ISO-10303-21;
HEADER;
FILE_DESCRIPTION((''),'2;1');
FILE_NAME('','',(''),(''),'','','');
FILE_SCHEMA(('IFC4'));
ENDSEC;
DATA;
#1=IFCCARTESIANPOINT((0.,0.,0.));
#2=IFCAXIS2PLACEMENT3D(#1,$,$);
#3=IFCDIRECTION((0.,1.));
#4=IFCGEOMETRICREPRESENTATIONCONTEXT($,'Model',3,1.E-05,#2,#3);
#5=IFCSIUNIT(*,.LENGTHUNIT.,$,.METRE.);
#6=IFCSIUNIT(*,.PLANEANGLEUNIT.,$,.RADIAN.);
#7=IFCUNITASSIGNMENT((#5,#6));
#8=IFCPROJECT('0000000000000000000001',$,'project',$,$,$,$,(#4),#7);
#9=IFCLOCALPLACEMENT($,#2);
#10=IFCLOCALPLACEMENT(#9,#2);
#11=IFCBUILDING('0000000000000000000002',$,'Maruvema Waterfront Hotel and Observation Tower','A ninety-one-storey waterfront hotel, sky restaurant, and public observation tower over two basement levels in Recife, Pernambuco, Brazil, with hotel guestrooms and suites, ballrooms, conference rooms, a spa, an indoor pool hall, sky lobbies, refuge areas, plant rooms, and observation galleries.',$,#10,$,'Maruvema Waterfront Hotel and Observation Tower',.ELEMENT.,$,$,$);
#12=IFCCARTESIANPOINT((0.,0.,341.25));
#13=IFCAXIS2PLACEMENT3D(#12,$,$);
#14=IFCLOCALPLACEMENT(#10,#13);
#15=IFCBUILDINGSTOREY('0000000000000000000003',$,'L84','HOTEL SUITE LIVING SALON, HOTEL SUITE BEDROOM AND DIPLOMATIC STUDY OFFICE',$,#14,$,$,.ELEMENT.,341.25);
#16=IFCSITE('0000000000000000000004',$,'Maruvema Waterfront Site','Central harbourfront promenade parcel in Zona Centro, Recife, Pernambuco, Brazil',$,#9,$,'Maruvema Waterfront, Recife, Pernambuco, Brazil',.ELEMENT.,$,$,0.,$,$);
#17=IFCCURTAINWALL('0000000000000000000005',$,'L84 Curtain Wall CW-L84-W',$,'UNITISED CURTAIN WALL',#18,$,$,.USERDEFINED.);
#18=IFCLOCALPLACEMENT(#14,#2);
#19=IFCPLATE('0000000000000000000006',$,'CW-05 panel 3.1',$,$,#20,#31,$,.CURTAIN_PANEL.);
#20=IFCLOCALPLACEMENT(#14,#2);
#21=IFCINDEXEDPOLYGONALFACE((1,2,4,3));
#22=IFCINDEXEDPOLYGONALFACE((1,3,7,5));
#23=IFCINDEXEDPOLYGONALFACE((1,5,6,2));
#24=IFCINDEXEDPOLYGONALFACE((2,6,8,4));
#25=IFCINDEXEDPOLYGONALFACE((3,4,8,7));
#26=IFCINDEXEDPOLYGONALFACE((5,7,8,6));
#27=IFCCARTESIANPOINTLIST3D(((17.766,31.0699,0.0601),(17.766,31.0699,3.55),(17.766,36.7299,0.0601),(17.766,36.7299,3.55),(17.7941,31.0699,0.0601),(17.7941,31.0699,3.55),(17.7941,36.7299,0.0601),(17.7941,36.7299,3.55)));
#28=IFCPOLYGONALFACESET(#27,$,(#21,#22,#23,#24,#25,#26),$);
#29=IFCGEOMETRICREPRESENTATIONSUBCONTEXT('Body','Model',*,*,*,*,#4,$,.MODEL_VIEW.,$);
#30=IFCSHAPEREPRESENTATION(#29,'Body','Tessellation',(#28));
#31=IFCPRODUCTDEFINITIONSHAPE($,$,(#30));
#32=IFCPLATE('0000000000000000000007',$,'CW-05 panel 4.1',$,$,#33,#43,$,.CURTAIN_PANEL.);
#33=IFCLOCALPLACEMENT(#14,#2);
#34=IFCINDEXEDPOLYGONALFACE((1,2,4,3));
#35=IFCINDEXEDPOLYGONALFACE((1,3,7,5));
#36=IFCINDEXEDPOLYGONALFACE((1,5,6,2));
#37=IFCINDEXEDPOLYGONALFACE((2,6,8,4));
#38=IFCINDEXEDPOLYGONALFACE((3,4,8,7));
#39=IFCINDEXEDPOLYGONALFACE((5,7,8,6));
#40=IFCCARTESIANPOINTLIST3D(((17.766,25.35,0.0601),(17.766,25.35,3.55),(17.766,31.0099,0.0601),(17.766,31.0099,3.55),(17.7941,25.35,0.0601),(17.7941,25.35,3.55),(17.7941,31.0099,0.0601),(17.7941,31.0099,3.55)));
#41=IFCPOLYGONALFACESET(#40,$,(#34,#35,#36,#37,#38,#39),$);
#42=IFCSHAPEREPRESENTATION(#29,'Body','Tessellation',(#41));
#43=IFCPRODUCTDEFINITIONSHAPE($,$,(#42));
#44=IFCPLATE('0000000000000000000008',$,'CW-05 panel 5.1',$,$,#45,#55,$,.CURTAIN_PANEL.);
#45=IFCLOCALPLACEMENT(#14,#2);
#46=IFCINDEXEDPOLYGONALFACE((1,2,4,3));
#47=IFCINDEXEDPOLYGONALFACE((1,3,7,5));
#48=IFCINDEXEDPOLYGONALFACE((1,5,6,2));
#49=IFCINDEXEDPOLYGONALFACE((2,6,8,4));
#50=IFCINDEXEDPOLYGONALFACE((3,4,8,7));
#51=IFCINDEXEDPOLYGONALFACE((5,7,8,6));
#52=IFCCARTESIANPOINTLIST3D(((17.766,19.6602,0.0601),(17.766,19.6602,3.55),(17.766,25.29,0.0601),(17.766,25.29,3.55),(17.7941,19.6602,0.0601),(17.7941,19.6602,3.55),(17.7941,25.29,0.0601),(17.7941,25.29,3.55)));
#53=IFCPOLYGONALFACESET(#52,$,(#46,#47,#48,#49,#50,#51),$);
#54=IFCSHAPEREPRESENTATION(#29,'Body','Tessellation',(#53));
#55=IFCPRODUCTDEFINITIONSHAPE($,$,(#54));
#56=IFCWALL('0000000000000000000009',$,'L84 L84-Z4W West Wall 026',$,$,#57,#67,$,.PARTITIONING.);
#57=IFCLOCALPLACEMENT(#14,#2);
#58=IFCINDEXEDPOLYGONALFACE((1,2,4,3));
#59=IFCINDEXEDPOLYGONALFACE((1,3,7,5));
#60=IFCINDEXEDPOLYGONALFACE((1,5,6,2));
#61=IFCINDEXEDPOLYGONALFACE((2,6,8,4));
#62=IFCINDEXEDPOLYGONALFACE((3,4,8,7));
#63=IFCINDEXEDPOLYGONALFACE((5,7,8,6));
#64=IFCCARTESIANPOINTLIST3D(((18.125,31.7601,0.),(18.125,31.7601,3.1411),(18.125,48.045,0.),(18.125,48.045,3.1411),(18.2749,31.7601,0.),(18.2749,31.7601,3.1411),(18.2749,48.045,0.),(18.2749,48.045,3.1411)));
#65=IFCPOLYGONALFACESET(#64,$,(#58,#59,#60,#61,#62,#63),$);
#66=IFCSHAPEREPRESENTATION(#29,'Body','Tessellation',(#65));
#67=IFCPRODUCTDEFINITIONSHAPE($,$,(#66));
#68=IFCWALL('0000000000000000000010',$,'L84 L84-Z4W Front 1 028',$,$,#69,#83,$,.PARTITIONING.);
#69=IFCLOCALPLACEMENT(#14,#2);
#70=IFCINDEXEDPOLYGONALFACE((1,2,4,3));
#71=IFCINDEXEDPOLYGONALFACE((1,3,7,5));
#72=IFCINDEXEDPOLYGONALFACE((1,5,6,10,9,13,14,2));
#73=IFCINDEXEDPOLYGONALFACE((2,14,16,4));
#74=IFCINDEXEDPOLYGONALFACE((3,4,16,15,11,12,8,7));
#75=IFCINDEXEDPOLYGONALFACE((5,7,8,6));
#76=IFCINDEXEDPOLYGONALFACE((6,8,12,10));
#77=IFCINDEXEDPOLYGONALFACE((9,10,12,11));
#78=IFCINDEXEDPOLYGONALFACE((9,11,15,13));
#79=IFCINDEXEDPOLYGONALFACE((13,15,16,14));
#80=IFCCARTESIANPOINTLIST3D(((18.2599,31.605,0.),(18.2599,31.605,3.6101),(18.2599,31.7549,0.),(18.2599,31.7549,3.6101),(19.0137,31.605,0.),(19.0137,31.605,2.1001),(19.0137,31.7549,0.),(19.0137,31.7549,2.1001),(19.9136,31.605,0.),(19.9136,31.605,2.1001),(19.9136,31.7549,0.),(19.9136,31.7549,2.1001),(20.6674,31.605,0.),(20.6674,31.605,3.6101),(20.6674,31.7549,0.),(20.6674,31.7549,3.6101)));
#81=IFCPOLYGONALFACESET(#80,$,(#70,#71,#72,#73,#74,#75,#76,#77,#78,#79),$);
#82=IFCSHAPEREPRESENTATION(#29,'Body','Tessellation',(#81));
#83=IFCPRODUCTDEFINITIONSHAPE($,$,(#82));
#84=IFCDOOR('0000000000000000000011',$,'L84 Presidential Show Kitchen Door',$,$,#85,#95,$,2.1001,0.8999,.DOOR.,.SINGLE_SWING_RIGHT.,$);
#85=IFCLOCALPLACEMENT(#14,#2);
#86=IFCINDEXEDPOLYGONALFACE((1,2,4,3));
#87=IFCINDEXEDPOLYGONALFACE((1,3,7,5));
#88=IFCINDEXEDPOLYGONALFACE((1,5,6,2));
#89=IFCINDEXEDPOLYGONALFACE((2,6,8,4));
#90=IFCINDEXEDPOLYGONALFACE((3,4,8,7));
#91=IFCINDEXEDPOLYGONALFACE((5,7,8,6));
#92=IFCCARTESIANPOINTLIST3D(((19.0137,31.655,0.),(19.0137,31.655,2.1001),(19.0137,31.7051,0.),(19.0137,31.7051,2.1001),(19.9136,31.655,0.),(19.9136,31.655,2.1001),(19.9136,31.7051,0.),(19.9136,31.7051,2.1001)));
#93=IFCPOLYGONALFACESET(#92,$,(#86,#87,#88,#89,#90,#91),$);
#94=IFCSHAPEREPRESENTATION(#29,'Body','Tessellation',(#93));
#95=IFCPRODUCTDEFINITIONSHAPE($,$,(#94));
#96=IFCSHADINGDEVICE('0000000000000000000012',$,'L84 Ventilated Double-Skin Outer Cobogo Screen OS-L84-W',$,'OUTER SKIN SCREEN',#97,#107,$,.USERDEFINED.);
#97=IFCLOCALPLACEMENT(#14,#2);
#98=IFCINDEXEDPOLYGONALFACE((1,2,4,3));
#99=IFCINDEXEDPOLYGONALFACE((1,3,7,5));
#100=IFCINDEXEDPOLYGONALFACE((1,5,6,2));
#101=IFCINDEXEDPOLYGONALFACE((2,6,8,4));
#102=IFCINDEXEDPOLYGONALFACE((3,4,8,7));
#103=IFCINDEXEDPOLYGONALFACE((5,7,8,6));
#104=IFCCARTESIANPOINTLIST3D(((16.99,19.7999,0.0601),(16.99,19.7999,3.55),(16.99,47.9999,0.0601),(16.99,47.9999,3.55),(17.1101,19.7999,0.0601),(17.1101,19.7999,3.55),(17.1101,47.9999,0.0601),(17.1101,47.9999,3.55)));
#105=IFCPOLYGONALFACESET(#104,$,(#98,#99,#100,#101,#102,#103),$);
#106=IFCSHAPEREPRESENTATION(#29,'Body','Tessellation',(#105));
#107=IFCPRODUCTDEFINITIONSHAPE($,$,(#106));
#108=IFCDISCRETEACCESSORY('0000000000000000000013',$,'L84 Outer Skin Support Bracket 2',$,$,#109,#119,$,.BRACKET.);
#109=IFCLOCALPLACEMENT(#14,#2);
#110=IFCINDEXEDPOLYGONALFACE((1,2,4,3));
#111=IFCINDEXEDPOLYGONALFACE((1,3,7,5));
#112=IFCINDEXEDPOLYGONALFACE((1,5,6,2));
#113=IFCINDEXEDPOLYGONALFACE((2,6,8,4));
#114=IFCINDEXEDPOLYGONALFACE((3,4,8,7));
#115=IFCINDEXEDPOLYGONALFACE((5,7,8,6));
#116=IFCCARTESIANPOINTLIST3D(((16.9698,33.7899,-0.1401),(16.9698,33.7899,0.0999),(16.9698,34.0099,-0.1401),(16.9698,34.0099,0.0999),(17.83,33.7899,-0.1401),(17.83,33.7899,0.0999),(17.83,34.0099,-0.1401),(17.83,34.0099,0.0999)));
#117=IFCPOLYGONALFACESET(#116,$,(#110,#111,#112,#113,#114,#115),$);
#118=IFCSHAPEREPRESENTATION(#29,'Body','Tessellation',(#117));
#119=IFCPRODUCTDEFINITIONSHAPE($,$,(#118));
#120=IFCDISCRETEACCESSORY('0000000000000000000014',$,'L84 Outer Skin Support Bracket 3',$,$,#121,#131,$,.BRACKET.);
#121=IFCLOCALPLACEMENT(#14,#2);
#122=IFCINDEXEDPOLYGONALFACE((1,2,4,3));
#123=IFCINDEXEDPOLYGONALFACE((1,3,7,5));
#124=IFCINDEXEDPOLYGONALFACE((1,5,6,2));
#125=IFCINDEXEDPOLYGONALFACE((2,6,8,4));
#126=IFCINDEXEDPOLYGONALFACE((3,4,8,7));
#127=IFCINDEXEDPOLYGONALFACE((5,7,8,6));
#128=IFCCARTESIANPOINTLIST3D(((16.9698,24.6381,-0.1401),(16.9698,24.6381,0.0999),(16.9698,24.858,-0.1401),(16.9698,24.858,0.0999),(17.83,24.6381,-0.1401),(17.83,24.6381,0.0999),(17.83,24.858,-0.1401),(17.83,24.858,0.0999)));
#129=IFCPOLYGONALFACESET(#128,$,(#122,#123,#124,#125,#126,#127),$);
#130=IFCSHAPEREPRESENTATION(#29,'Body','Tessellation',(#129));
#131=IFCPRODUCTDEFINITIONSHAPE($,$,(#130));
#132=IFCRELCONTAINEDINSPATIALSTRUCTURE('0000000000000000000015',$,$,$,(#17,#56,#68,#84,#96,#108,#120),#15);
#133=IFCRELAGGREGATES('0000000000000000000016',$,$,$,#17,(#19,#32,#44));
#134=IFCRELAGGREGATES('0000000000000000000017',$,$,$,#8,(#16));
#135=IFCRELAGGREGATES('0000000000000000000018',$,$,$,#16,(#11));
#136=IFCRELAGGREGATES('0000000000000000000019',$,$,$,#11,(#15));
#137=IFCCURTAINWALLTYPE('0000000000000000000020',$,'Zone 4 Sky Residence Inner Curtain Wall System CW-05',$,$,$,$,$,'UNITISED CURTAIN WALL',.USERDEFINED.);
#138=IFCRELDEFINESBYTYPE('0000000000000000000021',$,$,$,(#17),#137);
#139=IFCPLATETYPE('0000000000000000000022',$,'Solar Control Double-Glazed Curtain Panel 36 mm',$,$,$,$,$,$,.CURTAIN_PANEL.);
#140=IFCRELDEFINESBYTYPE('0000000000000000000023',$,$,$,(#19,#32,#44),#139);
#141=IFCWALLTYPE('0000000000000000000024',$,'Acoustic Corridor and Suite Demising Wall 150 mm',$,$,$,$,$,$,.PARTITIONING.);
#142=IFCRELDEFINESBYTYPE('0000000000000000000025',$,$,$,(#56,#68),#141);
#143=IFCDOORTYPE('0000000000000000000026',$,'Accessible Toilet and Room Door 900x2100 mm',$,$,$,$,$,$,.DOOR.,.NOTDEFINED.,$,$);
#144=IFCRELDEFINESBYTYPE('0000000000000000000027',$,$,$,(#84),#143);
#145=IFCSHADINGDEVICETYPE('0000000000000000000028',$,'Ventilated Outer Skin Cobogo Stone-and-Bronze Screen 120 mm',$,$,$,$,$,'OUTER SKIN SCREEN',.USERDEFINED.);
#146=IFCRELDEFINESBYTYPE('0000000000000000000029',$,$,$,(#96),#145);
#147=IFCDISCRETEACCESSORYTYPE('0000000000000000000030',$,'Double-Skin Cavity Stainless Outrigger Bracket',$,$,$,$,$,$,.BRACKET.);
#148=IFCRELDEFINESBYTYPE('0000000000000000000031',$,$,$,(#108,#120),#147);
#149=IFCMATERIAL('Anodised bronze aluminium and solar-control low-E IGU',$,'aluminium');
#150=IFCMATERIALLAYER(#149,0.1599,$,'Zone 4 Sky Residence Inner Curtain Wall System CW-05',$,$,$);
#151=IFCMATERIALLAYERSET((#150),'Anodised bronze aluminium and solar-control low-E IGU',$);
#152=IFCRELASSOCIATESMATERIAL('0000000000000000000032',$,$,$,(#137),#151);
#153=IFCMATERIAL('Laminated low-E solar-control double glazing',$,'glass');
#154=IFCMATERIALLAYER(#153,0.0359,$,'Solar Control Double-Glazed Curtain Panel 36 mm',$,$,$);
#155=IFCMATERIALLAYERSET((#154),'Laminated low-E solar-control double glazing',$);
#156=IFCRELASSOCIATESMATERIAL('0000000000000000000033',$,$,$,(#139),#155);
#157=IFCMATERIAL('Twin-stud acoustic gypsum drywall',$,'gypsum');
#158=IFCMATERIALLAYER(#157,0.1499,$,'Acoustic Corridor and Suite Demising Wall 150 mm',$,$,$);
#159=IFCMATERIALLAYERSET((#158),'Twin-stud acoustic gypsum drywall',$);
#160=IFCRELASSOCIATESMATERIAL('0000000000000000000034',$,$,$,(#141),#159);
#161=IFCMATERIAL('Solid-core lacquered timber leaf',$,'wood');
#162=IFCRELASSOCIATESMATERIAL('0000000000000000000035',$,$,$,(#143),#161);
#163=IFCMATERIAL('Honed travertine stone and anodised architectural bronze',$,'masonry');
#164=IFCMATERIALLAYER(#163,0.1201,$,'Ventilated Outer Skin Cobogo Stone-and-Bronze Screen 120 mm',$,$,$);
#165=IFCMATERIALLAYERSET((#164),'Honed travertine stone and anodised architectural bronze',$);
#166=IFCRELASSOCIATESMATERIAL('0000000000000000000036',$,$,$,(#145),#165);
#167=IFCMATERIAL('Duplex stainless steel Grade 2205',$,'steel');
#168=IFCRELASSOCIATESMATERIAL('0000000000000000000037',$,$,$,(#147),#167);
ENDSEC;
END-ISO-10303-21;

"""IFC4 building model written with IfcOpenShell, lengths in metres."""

from ifc_helpers import new_model, si_unit, direction, frame, frame_2d, origin, origin_2d, place, context, subcontext, project, spatial, rectangle, extrude, material, layer, layer_set, type_object, element, fill, aggregate, save


model = new_model("IFC4")

# Units and contexts
model_context = context("Model", 3, precision=1e-05, world=origin(), true_north=direction((0.0, 1.0)))
body_context = subcontext(model_context, "Body", "Model", "MODEL_VIEW")
ifc_project = project(units=[si_unit("LENGTHUNIT", "METRE"), si_unit("PLANEANGLEUNIT", "RADIAN")], contexts=[model_context])

# Site, building, storey
site_placement = place(None, origin())
site = spatial("IfcSite", under=ifc_project, at=site_placement, Name="Maruvema Waterfront Site", Description="Central harbourfront promenade parcel in Zona Centro, Recife, Pernambuco, Brazil", LongName="Maruvema Waterfront, Recife, Pernambuco, Brazil", CompositionType="ELEMENT", RefElevation=0.0)
building_placement = place(site_placement, origin())
building = spatial("IfcBuilding", under=site, at=building_placement, Name="Maruvema Waterfront Hotel and Observation Tower", Description="A ninety-one-storey waterfront hotel, sky restaurant, and public observation tower over two basement levels in Recife, Pernambuco, Brazil, with hotel guestrooms and suites, ballrooms, conference rooms, a spa, an indoor pool hall, sky lobbies, refuge areas, plant rooms, and observation galleries.", LongName="Maruvema Waterfront Hotel and Observation Tower", CompositionType="ELEMENT")
storey_placement = place(building_placement, frame((0.0, 0.0, 341.25)))
storey = spatial("IfcBuildingStorey", under=building, at=storey_placement, Name="L84", Description="HOTEL SUITE LIVING SALON, HOTEL SUITE BEDROOM AND DIPLOMATIC STUDY OFFICE", CompositionType="ELEMENT", Elevation=341.25)

# Curtain wall
ifc_material_1 = material(Name="Anodised bronze aluminium and solar-control low-E IGU", Category="aluminium")
ifc_layer_1 = layer(ifc_material_1, 0.1599, Name="Zone 4 Sky Residence Inner Curtain Wall System CW-05")
ifc_layer_set_1 = layer_set([ifc_layer_1], Name="Anodised bronze aluminium and solar-control low-E IGU")
curtain_wall_type = type_object("IfcCurtainWallType", Name="Zone 4 Sky Residence Inner Curtain Wall System CW-05", ElementType="UNITISED CURTAIN WALL", PredefinedType="USERDEFINED", material=ifc_layer_set_1)
curtain_wall_placement = place(storey_placement, origin())
curtain_wall = element("IfcCurtainWall", 1, at=curtain_wall_placement, inside=storey, type_object=curtain_wall_type, Name="L84 Curtain Wall CW-L84-W", ObjectType="UNITISED CURTAIN WALL", PredefinedType="USERDEFINED")

# Plates
ifc_material_2 = material(Name="Laminated low-E solar-control double glazing", Category="glass")
ifc_layer_2 = layer(ifc_material_2, 0.0359, Name="Solar Control Double-Glazed Curtain Panel 36 mm")
ifc_layer_set_2 = layer_set([ifc_layer_2], Name="Laminated low-E solar-control double glazing")
plate_type = type_object("IfcPlateType", Name="Solar Control Double-Glazed Curtain Panel 36 mm", PredefinedType="CURTAIN_PANEL", material=ifc_layer_set_2)
plate_1_placement = place(storey_placement, frame((17.78, 33.8999, 0.0601), z_axis=(0.0, 0.0, 1.0), x_axis=(0.0, -1.0, 0.0)))
plate_1 = element("IfcPlate", 2, at=plate_1_placement, type_object=plate_type, Name="CW-05 panel 3.1", PredefinedType="CURTAIN_PANEL", context=body_context, shape_type="SweptSolid", body=[
    extrude(rectangle(XDim=5.6599, YDim=0.0281, at=origin_2d()), origin(), (0.0, 0.0, 1.0), 3.49),
])
plate_2_placement = place(storey_placement, frame((17.78, 28.1799, 0.0601), z_axis=(0.0, 0.0, 1.0), x_axis=(0.0, -1.0, 0.0)))
plate_2 = element("IfcPlate", 3, at=plate_2_placement, type_object=plate_type, Name="CW-05 panel 4.1", PredefinedType="CURTAIN_PANEL", context=body_context, shape_type="SweptSolid", body=[
    extrude(rectangle(XDim=5.6599, YDim=0.0281, at=origin_2d()), origin(), (0.0, 0.0, 1.0), 3.49),
])
plate_3_placement = place(storey_placement, frame((17.78, 22.4751, 0.0601), z_axis=(0.0, 0.0, 1.0), x_axis=(0.0, -1.0, 0.0)))
plate_3 = element("IfcPlate", 4, at=plate_3_placement, type_object=plate_type, Name="CW-05 panel 5.1", PredefinedType="CURTAIN_PANEL", context=body_context, shape_type="SweptSolid", body=[
    extrude(rectangle(XDim=5.6299, YDim=0.0281, at=origin_2d()), origin(), (0.0, 0.0, 1.0), 3.49),
])
aggregate(curtain_wall, [plate_1, plate_2, plate_3])

# Wall
ifc_material_3 = material(Name="Twin-stud acoustic gypsum drywall", Category="gypsum")
ifc_layer_3 = layer(ifc_material_3, 0.1499, Name="Acoustic Corridor and Suite Demising Wall 150 mm")
ifc_layer_set_3 = layer_set([ifc_layer_3], Name="Twin-stud acoustic gypsum drywall")
wall_type = type_object("IfcWallType", Name="Acoustic Corridor and Suite Demising Wall 150 mm", PredefinedType="PARTITIONING", material=ifc_layer_set_3)
wall_1_placement = place(storey_placement, frame((18.2, 31.76, 0.0), z_axis=(0.0, 0.0, 1.0), x_axis=(0.0, 1.0, 0.0)))
element("IfcWall", 5, at=wall_1_placement, inside=storey, type_object=wall_type, Name="L84 L84-Z4W West Wall 026", PredefinedType="PARTITIONING", context=body_context, shape_type="SweptSolid", body=[
    extrude(rectangle(XDim=16.2849, YDim=0.1499, at=frame_2d((8.1426, 0.0))), origin(), (0.0, 0.0, 1.0), 3.1411),
])

# Wall, opening, door
wall_2_placement = place(storey_placement, frame((18.26, 31.6799, 0.0), z_axis=(0.0, 0.0, 1.0), x_axis=(1.0, 0.0, 0.0)))
wall_2 = element("IfcWall", 6, at=wall_2_placement, inside=storey, type_object=wall_type, Name="L84 L84-Z4W Front 1 028", PredefinedType="PARTITIONING", context=body_context, shape_type="SweptSolid", body=[
    extrude(rectangle(XDim=2.4075, YDim=0.1499, at=frame_2d((1.2036, 0.0))), origin(), (0.0, 0.0, 1.0), 3.6101),
])
opening_1_placement = place(wall_2_placement, frame((0.7537, 0.0, 0.0)))
opening_1 = element("IfcOpeningElement", 7, at=opening_1_placement, cuts=wall_2, PredefinedType="OPENING", context=body_context, shape_type="SweptSolid", body=[
    extrude(rectangle(XDim=0.8999, YDim=2.1001, at=frame_2d((0.45, 1.05))), frame((0.0, 0.085, 0.0), z_axis=(0.0, -1.0, 0.0), x_axis=(1.0, 0.0, 0.0)), (0.0, 0.0, 1.0), 0.1699),
])
ifc_material_4 = material(Name="Solid-core lacquered timber leaf", Category="wood")
door_type_1 = type_object("IfcDoorType", Name="Accessible Toilet and Room Door 900x2100 mm", OperationType="NOTDEFINED", PredefinedType="DOOR", material=ifc_material_4)
door_1_placement = place(opening_1_placement, frame((0.8999, 0.0, 0.0), z_axis=(0.0, 0.0, 1.0), x_axis=(-1.0, 0.0, 0.0)))
door_1 = element("IfcDoor", 8, at=door_1_placement, inside=storey, type_object=door_type_1, Name="L84 Presidential Show Kitchen Door", OperationType="SINGLE_SWING_RIGHT", OverallHeight=2.1001, OverallWidth=0.8999, PredefinedType="DOOR", context=body_context, shape_type="SweptSolid", body=[
    extrude(rectangle(XDim=0.8999, YDim=2.1001, at=frame_2d((0.45, 1.05))), frame((0.0, 0.0249, 0.0), z_axis=(0.0, -1.0, 0.0), x_axis=(1.0, 0.0, 0.0)), (0.0, 0.0, 1.0), 0.05),
])
fill(opening_1, door_1)

# Shading device
ifc_material_5 = material(Name="Honed travertine stone and anodised architectural bronze", Category="masonry")
ifc_layer_4 = layer(ifc_material_5, 0.1201, Name="Ventilated Outer Skin Cobogo Stone-and-Bronze Screen 120 mm")
ifc_layer_set_4 = layer_set([ifc_layer_4], Name="Honed travertine stone and anodised architectural bronze")
shading_device_type = type_object("IfcShadingDeviceType", Name="Ventilated Outer Skin Cobogo Stone-and-Bronze Screen 120 mm", ElementType="OUTER SKIN SCREEN", PredefinedType="USERDEFINED", material=ifc_layer_set_4)
shading_device_placement = place(storey_placement, frame((17.05, 33.8999, 0.0601), z_axis=(0.0, 0.0, 1.0), x_axis=(0.0, -1.0, 0.0)))
element("IfcShadingDevice", 9, at=shading_device_placement, inside=storey, type_object=shading_device_type, Name="L84 Ventilated Double-Skin Outer Cobogo Screen OS-L84-W", ObjectType="OUTER SKIN SCREEN", PredefinedType="USERDEFINED", context=body_context, shape_type="SweptSolid", body=[
    extrude(rectangle(XDim=28.2, YDim=0.1201, at=origin_2d()), origin(), (0.0, 0.0, 1.0), 3.49),
])

# Discrete accessories
ifc_material_6 = material(Name="Duplex stainless steel Grade 2205", Category="steel")
discrete_accessory_type = type_object("IfcDiscreteAccessoryType", Name="Double-Skin Cavity Stainless Outrigger Bracket", PredefinedType="BRACKET", material=ifc_material_6)
for number, where, z_axis, x_axis, name in (
    (10, (17.3999, 33.8999, -0.1401), (0.0, 0.0, 1.0), (0.0, -1.0, 0.0), "L84 Outer Skin Support Bracket 2"),
    (11, (17.3999, 24.748, -0.1401), (0.0, 0.0, 1.0), (0.0, -1.0, 0.0), "L84 Outer Skin Support Bracket 3"),
):
    element("IfcDiscreteAccessory", number, at=place(storey_placement, frame(where, z_axis=z_axis, x_axis=x_axis)), inside=storey, type_object=discrete_accessory_type, Name=name, PredefinedType="BRACKET", context=body_context, shape_type="SweptSolid", body=[
        extrude(rectangle(XDim=0.22, YDim=0.8601, at=origin_2d()), origin(), (0.0, 0.0, 1.0), 0.24),
    ])

save(model, "model.ifc")
